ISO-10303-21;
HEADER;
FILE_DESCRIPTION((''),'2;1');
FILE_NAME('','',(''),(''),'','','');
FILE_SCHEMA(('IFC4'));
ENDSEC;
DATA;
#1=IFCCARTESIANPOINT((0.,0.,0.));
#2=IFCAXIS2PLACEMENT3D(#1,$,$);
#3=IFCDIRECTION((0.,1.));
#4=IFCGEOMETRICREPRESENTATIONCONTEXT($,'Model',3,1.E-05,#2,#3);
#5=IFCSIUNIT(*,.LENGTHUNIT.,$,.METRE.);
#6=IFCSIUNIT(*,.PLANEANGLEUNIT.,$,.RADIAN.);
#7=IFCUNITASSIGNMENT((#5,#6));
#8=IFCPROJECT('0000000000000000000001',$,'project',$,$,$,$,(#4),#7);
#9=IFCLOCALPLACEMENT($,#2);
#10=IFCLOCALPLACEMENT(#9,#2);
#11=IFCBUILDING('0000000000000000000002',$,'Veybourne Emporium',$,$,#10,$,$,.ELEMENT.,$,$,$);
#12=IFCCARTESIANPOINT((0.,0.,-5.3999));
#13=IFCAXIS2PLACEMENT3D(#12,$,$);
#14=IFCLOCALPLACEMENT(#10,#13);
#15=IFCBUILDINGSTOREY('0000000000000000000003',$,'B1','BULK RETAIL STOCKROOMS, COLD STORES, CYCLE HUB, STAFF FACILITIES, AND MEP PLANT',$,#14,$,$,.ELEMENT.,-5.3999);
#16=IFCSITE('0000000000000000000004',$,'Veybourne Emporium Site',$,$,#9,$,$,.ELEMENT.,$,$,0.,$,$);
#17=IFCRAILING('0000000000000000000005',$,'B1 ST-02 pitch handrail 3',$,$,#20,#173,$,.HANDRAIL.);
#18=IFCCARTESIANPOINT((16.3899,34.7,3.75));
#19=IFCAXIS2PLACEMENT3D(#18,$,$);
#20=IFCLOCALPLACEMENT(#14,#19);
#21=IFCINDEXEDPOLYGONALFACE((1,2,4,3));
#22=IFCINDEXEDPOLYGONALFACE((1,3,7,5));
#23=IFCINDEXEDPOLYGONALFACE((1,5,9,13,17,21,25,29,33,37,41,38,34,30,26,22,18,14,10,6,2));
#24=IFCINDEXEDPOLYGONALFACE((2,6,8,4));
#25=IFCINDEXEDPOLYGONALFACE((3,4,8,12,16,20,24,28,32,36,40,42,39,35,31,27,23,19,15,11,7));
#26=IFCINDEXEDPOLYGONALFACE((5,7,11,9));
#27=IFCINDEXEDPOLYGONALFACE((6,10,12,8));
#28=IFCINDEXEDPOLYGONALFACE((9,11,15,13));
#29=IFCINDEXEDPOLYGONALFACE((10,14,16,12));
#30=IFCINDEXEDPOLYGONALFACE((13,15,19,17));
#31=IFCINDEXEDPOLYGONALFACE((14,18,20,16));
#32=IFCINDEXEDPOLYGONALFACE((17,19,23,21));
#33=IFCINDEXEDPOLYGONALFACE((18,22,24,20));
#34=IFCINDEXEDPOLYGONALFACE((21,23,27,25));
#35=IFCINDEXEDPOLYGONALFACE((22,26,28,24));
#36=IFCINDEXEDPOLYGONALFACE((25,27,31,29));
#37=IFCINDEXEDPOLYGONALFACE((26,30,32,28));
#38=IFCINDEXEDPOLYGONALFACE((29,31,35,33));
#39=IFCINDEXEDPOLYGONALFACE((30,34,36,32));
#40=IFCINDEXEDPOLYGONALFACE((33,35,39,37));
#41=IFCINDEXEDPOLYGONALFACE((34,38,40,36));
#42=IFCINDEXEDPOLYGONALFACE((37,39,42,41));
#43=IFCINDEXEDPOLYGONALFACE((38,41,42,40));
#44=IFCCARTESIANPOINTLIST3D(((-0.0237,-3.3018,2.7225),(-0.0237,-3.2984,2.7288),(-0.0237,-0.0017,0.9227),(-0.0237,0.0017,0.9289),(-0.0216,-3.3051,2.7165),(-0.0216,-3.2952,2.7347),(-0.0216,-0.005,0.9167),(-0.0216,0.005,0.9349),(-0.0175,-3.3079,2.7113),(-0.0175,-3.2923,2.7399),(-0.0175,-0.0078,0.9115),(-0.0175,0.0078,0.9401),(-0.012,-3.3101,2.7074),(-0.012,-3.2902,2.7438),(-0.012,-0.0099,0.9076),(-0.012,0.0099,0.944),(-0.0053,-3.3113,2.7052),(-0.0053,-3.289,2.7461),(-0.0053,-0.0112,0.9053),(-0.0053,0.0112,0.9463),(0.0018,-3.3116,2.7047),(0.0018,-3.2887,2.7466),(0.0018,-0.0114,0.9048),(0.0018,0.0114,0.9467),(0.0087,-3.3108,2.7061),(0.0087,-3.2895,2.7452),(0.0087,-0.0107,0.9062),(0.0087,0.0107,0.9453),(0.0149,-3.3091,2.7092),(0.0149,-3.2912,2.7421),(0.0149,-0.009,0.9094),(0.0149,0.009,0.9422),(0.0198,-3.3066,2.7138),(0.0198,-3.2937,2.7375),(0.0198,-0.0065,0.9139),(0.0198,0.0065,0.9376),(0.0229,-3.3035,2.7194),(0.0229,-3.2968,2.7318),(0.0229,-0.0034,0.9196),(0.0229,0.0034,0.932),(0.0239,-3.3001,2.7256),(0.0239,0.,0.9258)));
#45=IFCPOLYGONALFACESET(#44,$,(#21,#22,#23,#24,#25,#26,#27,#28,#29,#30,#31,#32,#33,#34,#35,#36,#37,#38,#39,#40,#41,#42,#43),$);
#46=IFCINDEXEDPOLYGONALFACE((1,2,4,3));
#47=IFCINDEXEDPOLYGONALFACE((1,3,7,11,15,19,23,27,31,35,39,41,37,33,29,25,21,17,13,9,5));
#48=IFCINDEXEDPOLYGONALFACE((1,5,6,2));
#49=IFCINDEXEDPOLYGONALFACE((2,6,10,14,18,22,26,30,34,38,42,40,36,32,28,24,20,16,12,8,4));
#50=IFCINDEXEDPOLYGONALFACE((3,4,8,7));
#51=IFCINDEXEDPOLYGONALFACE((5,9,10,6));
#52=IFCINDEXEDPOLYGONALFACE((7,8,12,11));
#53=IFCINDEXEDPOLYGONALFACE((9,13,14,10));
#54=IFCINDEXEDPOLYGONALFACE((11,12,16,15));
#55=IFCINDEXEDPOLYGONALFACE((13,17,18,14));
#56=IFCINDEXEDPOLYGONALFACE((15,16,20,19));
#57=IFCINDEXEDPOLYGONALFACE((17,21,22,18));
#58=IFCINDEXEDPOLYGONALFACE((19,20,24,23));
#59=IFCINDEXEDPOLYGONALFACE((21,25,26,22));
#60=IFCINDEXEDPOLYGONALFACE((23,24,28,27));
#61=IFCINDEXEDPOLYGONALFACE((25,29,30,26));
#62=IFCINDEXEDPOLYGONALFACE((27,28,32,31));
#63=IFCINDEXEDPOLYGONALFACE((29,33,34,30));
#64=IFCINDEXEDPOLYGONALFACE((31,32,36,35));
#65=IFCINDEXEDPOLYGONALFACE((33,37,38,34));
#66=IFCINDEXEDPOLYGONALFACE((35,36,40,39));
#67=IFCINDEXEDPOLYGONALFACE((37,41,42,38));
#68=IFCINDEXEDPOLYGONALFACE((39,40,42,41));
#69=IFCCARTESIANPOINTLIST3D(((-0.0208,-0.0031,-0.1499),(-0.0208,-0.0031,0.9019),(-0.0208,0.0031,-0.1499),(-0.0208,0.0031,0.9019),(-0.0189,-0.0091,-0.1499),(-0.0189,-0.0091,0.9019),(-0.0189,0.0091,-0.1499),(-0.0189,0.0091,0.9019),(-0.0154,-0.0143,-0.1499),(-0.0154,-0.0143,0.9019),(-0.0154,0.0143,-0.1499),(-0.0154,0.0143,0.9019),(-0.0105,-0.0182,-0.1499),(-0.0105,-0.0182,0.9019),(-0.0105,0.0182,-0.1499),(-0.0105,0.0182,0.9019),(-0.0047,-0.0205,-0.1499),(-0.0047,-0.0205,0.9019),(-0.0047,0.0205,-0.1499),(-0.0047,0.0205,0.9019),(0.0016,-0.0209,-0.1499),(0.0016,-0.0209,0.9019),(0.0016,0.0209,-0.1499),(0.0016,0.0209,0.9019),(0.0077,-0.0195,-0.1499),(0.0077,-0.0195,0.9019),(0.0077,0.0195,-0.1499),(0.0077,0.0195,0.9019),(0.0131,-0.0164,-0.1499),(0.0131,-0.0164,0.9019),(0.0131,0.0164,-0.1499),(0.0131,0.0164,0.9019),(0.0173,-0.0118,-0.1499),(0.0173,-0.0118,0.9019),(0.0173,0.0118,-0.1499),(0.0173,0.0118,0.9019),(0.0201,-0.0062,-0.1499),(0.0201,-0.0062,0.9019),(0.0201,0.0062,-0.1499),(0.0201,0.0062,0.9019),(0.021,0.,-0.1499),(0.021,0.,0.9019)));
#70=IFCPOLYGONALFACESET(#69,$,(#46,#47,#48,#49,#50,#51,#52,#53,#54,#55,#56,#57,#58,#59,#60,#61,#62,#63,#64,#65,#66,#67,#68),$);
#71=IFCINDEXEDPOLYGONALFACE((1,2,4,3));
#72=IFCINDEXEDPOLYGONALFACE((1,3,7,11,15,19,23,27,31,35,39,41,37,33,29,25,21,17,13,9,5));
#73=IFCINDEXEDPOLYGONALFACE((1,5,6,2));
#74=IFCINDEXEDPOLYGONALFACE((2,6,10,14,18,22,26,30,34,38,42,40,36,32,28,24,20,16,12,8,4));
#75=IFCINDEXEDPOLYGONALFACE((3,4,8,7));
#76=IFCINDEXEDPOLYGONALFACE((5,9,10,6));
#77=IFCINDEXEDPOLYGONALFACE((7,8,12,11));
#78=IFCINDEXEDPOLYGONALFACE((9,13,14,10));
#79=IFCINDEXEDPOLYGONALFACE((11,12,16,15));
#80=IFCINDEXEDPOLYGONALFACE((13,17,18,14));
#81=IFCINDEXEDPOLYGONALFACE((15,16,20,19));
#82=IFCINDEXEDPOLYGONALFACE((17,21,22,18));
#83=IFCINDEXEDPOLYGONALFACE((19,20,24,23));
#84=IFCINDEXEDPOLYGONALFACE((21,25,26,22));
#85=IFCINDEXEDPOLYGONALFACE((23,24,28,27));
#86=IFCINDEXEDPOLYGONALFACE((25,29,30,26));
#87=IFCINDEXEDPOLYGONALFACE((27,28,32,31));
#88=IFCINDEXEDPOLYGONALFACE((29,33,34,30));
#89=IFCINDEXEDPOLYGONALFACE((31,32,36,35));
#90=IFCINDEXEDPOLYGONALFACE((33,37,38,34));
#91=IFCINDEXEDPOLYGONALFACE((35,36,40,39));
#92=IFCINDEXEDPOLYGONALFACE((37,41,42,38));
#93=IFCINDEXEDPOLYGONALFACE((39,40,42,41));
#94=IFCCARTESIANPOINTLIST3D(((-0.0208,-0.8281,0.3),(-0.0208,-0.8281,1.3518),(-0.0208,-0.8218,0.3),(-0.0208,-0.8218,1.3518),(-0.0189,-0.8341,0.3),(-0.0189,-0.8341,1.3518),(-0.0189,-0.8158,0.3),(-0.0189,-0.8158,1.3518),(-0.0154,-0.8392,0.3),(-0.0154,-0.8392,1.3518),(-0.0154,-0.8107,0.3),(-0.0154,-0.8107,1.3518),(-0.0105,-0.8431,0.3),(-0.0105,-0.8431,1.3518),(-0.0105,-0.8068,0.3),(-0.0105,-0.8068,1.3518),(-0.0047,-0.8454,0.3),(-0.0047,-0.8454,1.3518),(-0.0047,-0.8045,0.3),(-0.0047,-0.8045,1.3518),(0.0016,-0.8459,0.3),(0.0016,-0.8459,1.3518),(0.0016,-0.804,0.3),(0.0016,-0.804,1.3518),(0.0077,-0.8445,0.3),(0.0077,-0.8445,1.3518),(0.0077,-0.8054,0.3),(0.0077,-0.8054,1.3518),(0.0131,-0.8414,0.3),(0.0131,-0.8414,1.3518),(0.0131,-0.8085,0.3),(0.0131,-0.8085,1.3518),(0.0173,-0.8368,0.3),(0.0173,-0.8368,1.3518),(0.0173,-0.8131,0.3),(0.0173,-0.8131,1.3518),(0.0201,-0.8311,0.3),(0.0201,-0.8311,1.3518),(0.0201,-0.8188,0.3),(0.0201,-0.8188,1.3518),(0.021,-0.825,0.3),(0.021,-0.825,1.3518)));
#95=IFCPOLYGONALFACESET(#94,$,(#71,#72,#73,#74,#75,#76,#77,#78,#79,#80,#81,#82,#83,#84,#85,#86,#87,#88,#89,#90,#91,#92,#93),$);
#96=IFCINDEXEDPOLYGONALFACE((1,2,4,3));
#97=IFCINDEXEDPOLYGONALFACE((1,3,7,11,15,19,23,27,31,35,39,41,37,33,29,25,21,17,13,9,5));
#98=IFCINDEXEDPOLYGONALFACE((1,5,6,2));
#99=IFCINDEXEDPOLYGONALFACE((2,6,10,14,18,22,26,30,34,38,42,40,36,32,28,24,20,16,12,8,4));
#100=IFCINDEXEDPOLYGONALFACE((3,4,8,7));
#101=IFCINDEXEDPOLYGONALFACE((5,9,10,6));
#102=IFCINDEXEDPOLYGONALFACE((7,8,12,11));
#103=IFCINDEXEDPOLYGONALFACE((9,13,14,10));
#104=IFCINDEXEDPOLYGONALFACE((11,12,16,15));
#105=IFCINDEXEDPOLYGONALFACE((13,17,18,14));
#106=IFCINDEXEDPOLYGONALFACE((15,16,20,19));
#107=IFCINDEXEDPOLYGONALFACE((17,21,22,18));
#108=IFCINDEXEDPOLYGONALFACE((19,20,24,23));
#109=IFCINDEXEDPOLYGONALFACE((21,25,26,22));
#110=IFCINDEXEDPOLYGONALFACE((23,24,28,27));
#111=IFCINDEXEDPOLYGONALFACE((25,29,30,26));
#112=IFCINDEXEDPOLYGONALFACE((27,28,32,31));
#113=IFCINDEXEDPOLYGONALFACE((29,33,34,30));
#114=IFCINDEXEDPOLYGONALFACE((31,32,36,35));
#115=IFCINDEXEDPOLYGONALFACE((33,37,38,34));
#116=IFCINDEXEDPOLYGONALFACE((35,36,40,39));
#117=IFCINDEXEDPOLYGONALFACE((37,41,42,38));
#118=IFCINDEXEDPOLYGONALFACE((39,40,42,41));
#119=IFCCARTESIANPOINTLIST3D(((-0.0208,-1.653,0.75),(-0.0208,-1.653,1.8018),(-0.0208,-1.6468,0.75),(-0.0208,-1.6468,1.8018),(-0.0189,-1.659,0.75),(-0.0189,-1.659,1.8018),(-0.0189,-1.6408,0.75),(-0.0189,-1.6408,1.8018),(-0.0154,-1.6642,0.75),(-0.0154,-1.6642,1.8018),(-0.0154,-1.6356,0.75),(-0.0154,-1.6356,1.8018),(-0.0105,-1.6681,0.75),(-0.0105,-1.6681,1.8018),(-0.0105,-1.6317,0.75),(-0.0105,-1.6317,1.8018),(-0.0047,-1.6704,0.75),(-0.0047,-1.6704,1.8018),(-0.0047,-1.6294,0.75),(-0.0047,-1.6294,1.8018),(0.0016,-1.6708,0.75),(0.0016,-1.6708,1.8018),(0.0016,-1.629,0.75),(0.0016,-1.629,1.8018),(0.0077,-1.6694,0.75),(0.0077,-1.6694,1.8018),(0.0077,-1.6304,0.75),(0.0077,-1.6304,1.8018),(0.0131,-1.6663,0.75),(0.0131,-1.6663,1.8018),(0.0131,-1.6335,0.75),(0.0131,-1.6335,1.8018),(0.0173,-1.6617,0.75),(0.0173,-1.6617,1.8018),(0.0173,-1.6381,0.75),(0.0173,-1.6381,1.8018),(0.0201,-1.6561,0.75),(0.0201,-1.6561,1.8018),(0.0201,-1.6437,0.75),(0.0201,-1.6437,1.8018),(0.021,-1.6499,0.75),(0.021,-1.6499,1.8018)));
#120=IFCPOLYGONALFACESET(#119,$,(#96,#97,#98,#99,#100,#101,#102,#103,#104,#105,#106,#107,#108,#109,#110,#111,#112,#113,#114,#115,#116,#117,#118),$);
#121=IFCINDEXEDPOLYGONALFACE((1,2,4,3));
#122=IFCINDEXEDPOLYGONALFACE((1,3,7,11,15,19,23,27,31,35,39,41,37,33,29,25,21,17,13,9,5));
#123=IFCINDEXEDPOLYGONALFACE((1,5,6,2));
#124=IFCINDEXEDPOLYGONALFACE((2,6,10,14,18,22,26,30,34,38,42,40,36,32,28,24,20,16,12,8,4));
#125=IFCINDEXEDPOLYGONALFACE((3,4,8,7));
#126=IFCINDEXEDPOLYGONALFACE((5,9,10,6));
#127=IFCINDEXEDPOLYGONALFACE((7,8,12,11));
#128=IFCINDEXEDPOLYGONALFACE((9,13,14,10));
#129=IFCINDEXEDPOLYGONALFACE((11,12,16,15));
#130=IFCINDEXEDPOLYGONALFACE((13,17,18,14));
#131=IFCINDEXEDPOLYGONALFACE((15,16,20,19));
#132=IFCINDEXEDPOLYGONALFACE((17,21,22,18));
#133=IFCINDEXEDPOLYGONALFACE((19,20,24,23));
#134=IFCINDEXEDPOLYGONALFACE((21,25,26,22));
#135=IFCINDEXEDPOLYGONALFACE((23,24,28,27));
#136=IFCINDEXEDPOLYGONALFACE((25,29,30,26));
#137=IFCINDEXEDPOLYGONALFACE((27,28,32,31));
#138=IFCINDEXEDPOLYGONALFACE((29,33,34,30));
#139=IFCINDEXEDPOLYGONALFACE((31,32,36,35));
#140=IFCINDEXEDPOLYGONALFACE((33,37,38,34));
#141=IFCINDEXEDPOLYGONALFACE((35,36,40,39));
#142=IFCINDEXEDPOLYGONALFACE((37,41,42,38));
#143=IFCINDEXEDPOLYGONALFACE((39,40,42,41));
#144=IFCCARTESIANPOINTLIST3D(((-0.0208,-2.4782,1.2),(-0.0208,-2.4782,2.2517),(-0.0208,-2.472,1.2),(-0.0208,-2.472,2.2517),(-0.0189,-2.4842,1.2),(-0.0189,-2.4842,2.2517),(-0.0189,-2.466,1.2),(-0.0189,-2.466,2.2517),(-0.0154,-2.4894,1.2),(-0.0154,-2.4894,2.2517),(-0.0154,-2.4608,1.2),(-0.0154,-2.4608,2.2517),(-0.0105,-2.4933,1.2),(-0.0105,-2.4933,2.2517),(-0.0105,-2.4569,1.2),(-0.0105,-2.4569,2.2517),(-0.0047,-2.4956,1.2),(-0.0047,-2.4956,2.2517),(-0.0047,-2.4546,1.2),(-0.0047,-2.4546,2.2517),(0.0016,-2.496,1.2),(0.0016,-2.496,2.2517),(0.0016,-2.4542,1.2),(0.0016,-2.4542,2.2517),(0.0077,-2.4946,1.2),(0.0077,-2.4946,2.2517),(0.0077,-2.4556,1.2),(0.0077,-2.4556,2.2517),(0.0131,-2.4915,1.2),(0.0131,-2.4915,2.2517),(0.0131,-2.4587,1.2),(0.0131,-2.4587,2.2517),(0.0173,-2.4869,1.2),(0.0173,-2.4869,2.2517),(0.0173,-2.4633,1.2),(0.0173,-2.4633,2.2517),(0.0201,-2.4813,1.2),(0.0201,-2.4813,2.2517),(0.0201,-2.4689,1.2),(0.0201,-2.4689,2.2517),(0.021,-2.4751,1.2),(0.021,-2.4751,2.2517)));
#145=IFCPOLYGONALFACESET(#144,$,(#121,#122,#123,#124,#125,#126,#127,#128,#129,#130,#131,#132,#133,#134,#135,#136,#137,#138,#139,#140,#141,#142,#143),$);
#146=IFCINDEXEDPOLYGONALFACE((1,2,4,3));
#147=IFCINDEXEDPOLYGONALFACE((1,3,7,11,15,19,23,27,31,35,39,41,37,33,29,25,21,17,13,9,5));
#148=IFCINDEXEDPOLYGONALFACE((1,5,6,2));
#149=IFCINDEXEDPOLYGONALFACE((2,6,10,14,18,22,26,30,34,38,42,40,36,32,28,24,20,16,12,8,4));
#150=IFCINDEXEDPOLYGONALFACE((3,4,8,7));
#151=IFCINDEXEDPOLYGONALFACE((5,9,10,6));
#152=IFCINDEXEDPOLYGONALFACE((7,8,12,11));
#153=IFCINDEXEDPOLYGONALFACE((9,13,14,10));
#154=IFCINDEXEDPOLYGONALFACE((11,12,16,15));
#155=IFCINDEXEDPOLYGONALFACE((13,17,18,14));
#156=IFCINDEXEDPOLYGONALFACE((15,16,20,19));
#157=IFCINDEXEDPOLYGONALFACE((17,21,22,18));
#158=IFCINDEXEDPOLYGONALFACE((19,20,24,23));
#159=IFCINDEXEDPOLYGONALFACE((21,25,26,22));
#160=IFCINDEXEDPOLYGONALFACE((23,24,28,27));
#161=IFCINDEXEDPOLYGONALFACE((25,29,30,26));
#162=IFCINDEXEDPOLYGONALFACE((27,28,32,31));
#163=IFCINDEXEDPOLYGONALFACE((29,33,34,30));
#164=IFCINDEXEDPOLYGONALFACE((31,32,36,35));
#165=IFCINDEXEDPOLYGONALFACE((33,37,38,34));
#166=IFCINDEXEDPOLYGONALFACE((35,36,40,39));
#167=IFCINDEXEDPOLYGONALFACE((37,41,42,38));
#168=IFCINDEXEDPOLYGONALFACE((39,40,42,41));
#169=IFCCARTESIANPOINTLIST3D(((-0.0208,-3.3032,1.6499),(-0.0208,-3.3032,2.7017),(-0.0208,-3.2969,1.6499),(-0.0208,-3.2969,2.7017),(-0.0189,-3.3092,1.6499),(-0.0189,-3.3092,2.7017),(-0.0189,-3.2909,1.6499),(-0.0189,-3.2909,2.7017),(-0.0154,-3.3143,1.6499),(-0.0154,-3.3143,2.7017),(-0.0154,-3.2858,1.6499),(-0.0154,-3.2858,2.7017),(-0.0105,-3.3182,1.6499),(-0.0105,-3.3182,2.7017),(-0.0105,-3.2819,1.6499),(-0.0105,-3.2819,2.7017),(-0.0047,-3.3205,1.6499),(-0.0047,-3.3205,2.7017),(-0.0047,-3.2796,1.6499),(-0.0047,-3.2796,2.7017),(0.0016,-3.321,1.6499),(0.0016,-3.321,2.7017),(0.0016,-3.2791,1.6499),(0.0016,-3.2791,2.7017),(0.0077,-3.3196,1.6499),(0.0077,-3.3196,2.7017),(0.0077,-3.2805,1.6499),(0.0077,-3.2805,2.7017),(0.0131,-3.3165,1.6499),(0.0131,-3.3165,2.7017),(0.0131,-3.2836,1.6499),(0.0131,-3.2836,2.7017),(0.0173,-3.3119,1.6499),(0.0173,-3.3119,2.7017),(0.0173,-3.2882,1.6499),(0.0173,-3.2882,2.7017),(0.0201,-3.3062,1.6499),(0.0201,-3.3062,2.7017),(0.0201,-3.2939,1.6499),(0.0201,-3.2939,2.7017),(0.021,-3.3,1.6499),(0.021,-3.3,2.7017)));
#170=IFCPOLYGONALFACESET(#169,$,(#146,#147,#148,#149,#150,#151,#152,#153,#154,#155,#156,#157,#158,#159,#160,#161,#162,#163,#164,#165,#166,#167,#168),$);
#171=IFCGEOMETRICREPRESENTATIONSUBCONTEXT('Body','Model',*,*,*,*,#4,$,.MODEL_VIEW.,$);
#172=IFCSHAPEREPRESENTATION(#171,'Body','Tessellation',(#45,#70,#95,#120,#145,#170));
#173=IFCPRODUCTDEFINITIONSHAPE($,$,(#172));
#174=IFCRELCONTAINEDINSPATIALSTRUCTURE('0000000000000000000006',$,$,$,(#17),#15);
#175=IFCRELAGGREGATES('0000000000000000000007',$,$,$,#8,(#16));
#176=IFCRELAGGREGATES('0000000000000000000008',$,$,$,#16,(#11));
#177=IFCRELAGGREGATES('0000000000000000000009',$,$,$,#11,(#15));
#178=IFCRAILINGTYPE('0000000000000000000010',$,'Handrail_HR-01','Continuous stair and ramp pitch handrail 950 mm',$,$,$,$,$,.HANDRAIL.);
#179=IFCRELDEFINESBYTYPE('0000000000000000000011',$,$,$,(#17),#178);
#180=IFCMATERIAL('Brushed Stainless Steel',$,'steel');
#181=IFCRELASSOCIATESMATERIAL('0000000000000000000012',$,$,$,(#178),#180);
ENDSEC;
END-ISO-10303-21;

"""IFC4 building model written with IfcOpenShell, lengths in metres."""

from ifc_helpers import new_model, si_unit, direction, frame, origin, origin_2d, place, context, subcontext, project, spatial, circle, extrude, material, type_object, element, save


model = new_model("IFC4")

# Units and contexts
model_context = context("Model", 3, precision=1e-05, world=origin(), true_north=direction((0.0, 1.0)))
body_context = subcontext(model_context, "Body", "Model", "MODEL_VIEW")
ifc_project = project(units=[si_unit("LENGTHUNIT", "METRE"), si_unit("PLANEANGLEUNIT", "RADIAN")], contexts=[model_context])

# Site, building, storey
site_placement = place(None, origin())
site = spatial("IfcSite", under=ifc_project, at=site_placement, Name="Veybourne Emporium Site", CompositionType="ELEMENT", RefElevation=0.0)
building_placement = place(site_placement, origin())
building = spatial("IfcBuilding", under=site, at=building_placement, Name="Veybourne Emporium", CompositionType="ELEMENT")
storey_placement = place(building_placement, frame((0.0, 0.0, -5.3999)))
storey = spatial("IfcBuildingStorey", under=building, at=storey_placement, Name="B1", Description="BULK RETAIL STOCKROOMS, COLD STORES, CYCLE HUB, STAFF FACILITIES, AND MEP PLANT", CompositionType="ELEMENT", Elevation=-5.3999)

# Railing
ifc_material_1 = material(Name="Brushed Stainless Steel", Category="steel")
railing_type = type_object("IfcRailingType", Name="Handrail_HR-01", Description="Continuous stair and ramp pitch handrail 950 mm", PredefinedType="HANDRAIL", material=ifc_material_1)
railing_placement = place(storey_placement, frame((16.3899, 34.7, 3.75)))
element("IfcRailing", 1, at=railing_placement, inside=storey, type_object=railing_type, Name="B1 ST-02 pitch handrail 3", PredefinedType="HANDRAIL", context=body_context, shape_type="SweptSolid", body=[
    extrude(circle(Radius=0.0239, at=origin_2d()), frame((0.0, 0.0, 0.9258), z_axis=(0.0, -0.87792, 0.478807), x_axis=(1.0, 0.0, 0.0)), (0.0, 0.0, 1.0), 3.759),
    extrude(circle(Radius=0.021, at=origin_2d()), frame((0.0, 0.0, -0.1499)), (0.0, 0.0, 1.0), 1.0518),
    extrude(circle(Radius=0.021, at=origin_2d()), frame((0.0, -0.825, 0.3)), (0.0, 0.0, 1.0), 1.0518),
    extrude(circle(Radius=0.021, at=origin_2d()), frame((0.0, -1.6499, 0.75)), (0.0, 0.0, 1.0), 1.0518),
    extrude(circle(Radius=0.021, at=origin_2d()), frame((0.0, -2.4751, 1.2)), (0.0, 0.0, 1.0), 1.0518),
    extrude(circle(Radius=0.021, at=origin_2d()), frame((0.0, -3.3, 1.6499)), (0.0, 0.0, 1.0), 1.0518),
])

save(model, "model.ifc")
